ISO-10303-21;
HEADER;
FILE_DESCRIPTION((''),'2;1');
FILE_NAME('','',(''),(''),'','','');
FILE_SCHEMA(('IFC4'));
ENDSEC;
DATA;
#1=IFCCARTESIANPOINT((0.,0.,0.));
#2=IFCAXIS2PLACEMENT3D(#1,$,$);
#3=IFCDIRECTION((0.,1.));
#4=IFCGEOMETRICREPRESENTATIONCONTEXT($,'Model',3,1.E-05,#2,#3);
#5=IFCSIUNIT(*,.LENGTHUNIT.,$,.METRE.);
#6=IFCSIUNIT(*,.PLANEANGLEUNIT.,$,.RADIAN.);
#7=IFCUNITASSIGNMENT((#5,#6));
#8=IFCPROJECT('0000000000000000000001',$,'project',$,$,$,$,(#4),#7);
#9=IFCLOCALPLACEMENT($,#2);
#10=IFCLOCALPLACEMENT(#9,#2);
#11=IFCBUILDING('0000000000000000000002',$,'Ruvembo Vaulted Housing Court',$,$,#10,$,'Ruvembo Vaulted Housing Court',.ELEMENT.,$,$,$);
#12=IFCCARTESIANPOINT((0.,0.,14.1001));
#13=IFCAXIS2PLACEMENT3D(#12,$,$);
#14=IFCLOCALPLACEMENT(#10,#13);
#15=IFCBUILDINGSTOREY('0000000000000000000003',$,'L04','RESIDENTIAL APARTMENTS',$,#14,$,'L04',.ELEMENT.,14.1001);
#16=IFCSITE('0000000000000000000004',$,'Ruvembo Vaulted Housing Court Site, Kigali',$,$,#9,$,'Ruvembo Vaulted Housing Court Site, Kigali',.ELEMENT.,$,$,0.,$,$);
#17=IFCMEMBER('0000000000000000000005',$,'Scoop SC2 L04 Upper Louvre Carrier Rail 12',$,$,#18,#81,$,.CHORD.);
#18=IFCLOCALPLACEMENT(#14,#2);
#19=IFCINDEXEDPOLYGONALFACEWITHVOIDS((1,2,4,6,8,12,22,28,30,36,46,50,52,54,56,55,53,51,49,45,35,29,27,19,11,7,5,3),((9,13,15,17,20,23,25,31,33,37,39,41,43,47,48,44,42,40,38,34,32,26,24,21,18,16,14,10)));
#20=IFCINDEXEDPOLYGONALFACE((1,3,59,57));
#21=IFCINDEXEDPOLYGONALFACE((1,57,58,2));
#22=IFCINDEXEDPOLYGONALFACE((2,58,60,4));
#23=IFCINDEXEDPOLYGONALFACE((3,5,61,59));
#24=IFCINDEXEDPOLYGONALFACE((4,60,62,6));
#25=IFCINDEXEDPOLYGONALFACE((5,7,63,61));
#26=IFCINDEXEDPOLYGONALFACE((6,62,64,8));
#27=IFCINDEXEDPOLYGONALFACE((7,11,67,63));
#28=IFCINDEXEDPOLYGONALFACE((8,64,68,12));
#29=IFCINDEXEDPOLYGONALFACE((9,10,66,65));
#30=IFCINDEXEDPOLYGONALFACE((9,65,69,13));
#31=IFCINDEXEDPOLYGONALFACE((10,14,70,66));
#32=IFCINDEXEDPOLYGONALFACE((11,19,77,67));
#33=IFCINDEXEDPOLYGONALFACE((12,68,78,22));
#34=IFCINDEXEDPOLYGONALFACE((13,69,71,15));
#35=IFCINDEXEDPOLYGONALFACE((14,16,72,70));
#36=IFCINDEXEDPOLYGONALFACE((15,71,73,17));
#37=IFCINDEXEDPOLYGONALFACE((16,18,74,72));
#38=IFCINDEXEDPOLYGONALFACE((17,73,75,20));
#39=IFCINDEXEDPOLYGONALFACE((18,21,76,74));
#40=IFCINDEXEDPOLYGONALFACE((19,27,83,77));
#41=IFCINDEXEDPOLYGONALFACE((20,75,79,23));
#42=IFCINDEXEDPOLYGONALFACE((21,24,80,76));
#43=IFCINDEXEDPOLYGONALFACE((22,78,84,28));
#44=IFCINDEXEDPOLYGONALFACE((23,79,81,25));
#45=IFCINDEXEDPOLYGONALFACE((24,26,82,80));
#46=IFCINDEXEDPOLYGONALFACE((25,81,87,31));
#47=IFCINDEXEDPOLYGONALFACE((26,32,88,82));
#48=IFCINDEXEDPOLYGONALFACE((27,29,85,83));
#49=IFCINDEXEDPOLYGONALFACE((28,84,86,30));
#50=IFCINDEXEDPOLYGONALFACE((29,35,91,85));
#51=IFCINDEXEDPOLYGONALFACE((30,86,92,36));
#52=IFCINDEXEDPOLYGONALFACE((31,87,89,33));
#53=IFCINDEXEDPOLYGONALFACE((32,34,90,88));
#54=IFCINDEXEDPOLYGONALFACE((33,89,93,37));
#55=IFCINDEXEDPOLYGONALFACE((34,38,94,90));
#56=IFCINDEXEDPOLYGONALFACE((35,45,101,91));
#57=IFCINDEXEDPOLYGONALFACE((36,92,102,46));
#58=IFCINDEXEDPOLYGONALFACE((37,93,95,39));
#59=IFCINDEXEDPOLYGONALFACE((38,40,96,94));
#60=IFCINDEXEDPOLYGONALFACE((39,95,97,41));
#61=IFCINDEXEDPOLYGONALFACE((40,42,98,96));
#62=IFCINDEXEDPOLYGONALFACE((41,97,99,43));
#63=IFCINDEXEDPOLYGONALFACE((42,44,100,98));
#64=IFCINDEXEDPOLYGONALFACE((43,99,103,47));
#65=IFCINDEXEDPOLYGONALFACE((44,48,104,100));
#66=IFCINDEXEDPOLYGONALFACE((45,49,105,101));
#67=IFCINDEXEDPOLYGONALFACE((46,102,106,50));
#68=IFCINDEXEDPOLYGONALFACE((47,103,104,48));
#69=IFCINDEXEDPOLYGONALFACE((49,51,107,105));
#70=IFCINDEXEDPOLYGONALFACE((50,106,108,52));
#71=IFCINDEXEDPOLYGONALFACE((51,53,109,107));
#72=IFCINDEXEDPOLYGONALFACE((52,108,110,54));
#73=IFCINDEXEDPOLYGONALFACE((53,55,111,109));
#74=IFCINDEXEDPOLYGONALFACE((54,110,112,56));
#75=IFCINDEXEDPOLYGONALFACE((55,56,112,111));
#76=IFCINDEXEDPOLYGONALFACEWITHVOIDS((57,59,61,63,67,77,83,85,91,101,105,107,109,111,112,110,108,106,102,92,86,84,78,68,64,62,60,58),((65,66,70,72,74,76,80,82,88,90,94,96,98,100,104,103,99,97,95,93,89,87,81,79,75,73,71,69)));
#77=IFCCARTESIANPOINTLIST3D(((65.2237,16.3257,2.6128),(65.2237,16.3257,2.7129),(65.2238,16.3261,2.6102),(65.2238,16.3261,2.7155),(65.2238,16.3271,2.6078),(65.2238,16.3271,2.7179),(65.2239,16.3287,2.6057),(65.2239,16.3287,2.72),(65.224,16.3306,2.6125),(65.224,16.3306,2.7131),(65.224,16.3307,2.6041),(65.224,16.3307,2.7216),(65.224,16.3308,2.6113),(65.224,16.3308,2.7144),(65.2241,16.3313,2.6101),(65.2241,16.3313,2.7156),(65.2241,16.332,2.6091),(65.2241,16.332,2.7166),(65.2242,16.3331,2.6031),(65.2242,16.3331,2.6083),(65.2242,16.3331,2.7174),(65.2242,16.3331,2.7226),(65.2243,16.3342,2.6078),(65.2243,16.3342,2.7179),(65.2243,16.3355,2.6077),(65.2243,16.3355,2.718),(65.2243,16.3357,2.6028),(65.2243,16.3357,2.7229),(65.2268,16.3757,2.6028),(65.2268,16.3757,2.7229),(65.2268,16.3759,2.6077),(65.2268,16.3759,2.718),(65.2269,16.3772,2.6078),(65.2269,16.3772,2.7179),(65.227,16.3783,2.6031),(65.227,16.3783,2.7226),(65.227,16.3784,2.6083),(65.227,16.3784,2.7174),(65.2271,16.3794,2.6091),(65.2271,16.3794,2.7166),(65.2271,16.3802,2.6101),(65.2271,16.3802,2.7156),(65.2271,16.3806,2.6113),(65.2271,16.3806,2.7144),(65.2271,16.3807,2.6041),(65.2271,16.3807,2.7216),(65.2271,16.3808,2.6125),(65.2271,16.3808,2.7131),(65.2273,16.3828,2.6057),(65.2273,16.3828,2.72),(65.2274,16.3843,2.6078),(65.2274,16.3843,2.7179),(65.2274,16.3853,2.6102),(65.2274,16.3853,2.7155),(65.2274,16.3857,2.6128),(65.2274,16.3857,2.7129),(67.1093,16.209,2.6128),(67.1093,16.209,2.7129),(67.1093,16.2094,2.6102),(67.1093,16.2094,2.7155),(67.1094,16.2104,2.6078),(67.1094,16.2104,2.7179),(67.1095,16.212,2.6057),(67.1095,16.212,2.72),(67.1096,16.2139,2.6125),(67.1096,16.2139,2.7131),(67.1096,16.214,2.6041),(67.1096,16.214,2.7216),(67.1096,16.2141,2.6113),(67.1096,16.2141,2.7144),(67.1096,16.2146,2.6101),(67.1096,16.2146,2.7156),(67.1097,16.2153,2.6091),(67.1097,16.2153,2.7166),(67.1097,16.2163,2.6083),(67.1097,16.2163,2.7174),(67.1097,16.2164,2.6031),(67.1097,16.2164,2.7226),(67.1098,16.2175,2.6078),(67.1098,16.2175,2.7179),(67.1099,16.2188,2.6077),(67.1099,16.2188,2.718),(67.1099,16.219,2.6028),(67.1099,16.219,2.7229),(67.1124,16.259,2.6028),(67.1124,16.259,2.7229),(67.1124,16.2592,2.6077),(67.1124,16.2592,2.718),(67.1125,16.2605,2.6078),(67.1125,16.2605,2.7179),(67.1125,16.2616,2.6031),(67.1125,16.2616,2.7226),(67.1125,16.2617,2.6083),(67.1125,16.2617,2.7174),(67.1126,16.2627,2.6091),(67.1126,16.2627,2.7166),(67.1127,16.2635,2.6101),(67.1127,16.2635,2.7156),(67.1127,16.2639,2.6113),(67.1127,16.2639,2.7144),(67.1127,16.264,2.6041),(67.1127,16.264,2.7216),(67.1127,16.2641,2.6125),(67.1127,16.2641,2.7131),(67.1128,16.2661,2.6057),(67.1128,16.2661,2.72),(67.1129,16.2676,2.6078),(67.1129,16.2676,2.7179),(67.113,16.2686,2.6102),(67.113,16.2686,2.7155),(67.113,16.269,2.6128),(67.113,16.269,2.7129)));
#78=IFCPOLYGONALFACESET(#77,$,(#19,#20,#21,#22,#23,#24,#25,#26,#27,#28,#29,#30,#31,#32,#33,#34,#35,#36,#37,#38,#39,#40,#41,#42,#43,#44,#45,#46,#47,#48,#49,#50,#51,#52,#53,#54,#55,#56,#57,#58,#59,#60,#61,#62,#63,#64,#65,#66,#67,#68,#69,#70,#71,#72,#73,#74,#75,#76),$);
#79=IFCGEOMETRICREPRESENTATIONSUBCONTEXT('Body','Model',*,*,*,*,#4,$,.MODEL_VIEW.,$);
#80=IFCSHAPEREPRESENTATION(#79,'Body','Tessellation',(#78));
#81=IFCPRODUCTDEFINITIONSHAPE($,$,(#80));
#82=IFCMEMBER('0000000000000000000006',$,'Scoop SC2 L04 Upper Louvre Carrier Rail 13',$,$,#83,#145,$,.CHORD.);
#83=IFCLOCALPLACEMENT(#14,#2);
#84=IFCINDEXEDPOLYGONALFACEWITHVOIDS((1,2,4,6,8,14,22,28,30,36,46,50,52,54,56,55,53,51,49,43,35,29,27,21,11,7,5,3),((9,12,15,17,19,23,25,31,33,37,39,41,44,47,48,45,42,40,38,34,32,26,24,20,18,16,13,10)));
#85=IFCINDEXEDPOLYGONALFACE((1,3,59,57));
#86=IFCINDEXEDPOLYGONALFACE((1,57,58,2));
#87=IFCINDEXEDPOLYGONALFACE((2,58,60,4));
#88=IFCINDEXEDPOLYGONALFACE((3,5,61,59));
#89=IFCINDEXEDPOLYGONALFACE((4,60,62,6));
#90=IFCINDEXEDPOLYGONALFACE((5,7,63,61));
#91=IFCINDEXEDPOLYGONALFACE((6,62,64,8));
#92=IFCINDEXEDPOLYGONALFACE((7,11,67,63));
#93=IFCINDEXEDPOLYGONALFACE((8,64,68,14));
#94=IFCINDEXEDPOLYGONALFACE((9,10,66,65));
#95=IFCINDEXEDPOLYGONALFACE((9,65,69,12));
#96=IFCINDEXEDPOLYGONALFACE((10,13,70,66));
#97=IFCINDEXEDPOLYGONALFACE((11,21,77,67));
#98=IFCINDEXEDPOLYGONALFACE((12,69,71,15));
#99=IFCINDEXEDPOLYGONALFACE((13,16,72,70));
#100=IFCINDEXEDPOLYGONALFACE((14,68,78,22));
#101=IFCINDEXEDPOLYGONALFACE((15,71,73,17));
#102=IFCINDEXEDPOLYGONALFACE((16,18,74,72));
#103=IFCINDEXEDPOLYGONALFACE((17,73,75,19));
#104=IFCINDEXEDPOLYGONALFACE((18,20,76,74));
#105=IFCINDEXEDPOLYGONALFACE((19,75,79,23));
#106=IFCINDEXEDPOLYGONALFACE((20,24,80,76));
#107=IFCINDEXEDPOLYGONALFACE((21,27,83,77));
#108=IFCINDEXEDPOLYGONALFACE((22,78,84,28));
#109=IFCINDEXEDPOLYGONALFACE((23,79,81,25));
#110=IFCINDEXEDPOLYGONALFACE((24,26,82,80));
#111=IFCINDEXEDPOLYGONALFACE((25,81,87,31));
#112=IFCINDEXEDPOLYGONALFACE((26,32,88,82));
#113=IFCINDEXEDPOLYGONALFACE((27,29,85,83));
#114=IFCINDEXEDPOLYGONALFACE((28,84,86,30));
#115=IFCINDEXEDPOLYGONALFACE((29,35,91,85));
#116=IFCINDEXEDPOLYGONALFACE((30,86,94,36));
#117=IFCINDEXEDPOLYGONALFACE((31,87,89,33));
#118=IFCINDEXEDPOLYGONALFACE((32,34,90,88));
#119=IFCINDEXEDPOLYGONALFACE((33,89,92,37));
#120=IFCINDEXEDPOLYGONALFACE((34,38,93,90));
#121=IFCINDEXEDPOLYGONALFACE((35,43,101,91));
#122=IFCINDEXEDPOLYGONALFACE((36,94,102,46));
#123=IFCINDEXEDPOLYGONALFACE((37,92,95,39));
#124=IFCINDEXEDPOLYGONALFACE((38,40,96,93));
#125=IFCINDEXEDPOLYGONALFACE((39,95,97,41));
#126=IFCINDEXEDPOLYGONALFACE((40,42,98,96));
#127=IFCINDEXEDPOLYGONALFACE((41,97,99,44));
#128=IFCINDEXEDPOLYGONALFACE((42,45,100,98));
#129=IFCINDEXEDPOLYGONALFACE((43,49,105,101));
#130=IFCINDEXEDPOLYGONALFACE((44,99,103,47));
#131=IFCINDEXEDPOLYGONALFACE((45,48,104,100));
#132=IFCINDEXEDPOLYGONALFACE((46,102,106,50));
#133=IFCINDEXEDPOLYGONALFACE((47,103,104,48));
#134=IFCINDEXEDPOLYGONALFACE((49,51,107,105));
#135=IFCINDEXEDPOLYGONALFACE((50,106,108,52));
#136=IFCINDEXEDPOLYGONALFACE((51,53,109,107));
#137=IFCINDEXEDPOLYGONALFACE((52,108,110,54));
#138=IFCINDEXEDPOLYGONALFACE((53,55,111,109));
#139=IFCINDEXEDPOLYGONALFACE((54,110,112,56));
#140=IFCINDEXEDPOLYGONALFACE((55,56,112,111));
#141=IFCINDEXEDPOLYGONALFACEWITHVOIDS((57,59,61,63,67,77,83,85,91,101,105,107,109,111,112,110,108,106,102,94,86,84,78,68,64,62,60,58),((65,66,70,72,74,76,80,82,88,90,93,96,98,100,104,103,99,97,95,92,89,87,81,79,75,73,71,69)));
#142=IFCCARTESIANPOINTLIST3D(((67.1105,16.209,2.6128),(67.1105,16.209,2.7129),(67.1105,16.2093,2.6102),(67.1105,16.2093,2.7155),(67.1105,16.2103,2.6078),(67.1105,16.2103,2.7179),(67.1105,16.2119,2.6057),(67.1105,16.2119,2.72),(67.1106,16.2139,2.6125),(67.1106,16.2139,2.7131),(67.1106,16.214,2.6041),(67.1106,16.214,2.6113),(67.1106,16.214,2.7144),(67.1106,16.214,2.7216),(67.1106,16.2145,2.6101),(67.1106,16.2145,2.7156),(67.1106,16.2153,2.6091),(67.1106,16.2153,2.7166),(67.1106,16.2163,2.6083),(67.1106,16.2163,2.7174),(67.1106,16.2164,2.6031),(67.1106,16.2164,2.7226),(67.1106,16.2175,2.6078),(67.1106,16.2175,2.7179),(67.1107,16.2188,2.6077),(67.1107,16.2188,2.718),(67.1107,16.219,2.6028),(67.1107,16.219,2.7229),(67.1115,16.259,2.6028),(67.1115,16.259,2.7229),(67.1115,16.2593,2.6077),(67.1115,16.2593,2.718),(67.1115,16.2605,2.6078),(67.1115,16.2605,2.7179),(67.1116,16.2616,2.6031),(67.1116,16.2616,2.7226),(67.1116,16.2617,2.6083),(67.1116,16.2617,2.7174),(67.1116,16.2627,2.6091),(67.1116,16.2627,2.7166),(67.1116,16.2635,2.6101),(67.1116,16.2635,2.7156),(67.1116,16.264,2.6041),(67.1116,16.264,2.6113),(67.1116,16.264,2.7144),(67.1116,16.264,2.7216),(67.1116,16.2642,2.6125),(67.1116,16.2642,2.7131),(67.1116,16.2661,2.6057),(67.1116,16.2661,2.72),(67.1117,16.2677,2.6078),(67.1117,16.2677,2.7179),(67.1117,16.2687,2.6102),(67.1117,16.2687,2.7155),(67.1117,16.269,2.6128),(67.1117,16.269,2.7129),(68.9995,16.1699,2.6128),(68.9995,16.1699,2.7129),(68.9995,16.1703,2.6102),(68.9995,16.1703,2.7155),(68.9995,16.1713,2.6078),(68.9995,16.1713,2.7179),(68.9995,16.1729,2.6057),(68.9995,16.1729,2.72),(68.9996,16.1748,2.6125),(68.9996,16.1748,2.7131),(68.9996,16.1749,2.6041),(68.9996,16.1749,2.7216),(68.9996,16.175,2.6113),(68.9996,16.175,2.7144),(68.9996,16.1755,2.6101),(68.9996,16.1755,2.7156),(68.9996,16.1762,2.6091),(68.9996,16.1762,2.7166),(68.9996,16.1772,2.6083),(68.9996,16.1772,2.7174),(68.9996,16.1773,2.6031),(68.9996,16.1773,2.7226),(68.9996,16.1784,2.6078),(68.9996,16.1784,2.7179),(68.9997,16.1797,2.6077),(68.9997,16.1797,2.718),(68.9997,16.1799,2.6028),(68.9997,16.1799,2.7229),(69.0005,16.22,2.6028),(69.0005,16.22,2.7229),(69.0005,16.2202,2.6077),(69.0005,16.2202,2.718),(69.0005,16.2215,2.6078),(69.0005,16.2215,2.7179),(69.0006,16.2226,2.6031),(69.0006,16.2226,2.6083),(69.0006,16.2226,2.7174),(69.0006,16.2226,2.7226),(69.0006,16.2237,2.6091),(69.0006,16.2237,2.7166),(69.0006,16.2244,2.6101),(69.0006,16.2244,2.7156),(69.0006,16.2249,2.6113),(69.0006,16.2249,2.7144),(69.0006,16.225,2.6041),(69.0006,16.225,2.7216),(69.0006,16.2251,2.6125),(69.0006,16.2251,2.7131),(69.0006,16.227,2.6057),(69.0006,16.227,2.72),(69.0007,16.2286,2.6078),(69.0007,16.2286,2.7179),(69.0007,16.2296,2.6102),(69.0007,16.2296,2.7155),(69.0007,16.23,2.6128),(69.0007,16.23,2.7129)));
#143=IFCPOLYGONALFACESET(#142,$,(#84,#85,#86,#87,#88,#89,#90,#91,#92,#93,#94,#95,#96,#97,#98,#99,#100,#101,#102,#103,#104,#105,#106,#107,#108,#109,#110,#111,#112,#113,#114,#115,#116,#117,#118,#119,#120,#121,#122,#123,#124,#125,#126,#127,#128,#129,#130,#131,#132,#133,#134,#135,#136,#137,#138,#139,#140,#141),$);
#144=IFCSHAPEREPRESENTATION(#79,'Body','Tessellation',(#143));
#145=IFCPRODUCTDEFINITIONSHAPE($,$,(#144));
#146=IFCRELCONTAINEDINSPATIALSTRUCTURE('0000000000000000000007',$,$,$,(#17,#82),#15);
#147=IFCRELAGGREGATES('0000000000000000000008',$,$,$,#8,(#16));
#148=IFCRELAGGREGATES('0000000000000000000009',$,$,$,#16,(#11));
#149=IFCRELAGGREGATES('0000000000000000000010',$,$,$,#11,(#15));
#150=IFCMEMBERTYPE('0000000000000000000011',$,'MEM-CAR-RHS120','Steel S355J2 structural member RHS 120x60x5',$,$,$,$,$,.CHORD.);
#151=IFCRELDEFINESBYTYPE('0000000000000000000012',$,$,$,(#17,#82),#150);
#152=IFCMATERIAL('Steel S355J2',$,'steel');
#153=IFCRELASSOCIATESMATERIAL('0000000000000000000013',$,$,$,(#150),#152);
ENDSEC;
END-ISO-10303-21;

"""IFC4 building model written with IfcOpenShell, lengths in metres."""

from ifc_helpers import new_model, si_unit, direction, frame, origin, origin_2d, place, context, subcontext, project, spatial, hollow_rectangle, extrude, material, material_profile, profile_set, type_object, element, save


model = new_model("IFC4")

# Units and contexts
model_context = context("Model", 3, precision=1e-05, world=origin(), true_north=direction((0.0, 1.0)))
body_context = subcontext(model_context, "Body", "Model", "MODEL_VIEW")
ifc_project = project(units=[si_unit("LENGTHUNIT", "METRE"), si_unit("PLANEANGLEUNIT", "RADIAN")], contexts=[model_context])

# Site, building, storey
site_placement = place(None, origin())
site = spatial("IfcSite", under=ifc_project, at=site_placement, Name="Ruvembo Vaulted Housing Court Site, Kigali", LongName="Ruvembo Vaulted Housing Court Site, Kigali", CompositionType="ELEMENT", RefElevation=0.0)
building_placement = place(site_placement, origin())
building = spatial("IfcBuilding", under=site, at=building_placement, Name="Ruvembo Vaulted Housing Court", LongName="Ruvembo Vaulted Housing Court", CompositionType="ELEMENT")
storey_placement = place(building_placement, frame((0.0, 0.0, 14.1001)))
storey = spatial("IfcBuildingStorey", under=building, at=storey_placement, Name="L04", Description="RESIDENTIAL APARTMENTS", LongName="L04", CompositionType="ELEMENT", Elevation=14.1001)

# Shared definitions
ifc_material_1 = material(Name="Steel S355J2", Category="steel")

# Members
ifc_material_profile_1 = material_profile(ifc_material_1, hollow_rectangle(XDim=0.0601, YDim=0.1201, WallThickness=0.0049, InnerFilletRadius=0.0049, OuterFilletRadius=0.01, at=origin_2d()), Name="RHS 120x60x5")
ifc_profile_set_1 = profile_set([ifc_material_profile_1], Name="Steel S355J2")
member_type_1 = type_object("IfcMemberType", Name="MEM-CAR-RHS120", Description="Steel S355J2 structural member RHS 120x60x5", PredefinedType="CHORD", material=ifc_profile_set_1)
member_1_placement = place(storey_placement, frame((65.2256, 16.3557, 2.6628), z_axis=(0.99809, -0.061775, 0.0), x_axis=(0.061775, 0.99809, 0.0)))
element("IfcMember", 1, at=member_1_placement, inside=storey, type_object=member_type_1, Name="Scoop SC2 L04 Upper Louvre Carrier Rail 12", PredefinedType="CHORD", context=body_context, shape_type="SweptSolid", body=[
    extrude(hollow_rectangle(XDim=0.0601, YDim=0.1201, WallThickness=0.0049, InnerFilletRadius=0.0049, OuterFilletRadius=0.01, at=origin_2d()), origin(), (0.0, 0.0, 1.0), 1.8892),
])
member_2_placement = place(storey_placement, frame((67.1111, 16.239, 2.6628), z_axis=(0.999786, -0.020675, 0.0), x_axis=(0.020675, 0.999786, 0.0)))
element("IfcMember", 2, at=member_2_placement, inside=storey, type_object=member_type_1, Name="Scoop SC2 L04 Upper Louvre Carrier Rail 13", PredefinedType="CHORD", context=body_context, shape_type="SweptSolid", body=[
    extrude(hollow_rectangle(XDim=0.0601, YDim=0.1201, WallThickness=0.0049, InnerFilletRadius=0.0049, OuterFilletRadius=0.01, at=origin_2d()), origin(), (0.0, 0.0, 1.0), 1.8894),
])

save(model, "model.ifc")
